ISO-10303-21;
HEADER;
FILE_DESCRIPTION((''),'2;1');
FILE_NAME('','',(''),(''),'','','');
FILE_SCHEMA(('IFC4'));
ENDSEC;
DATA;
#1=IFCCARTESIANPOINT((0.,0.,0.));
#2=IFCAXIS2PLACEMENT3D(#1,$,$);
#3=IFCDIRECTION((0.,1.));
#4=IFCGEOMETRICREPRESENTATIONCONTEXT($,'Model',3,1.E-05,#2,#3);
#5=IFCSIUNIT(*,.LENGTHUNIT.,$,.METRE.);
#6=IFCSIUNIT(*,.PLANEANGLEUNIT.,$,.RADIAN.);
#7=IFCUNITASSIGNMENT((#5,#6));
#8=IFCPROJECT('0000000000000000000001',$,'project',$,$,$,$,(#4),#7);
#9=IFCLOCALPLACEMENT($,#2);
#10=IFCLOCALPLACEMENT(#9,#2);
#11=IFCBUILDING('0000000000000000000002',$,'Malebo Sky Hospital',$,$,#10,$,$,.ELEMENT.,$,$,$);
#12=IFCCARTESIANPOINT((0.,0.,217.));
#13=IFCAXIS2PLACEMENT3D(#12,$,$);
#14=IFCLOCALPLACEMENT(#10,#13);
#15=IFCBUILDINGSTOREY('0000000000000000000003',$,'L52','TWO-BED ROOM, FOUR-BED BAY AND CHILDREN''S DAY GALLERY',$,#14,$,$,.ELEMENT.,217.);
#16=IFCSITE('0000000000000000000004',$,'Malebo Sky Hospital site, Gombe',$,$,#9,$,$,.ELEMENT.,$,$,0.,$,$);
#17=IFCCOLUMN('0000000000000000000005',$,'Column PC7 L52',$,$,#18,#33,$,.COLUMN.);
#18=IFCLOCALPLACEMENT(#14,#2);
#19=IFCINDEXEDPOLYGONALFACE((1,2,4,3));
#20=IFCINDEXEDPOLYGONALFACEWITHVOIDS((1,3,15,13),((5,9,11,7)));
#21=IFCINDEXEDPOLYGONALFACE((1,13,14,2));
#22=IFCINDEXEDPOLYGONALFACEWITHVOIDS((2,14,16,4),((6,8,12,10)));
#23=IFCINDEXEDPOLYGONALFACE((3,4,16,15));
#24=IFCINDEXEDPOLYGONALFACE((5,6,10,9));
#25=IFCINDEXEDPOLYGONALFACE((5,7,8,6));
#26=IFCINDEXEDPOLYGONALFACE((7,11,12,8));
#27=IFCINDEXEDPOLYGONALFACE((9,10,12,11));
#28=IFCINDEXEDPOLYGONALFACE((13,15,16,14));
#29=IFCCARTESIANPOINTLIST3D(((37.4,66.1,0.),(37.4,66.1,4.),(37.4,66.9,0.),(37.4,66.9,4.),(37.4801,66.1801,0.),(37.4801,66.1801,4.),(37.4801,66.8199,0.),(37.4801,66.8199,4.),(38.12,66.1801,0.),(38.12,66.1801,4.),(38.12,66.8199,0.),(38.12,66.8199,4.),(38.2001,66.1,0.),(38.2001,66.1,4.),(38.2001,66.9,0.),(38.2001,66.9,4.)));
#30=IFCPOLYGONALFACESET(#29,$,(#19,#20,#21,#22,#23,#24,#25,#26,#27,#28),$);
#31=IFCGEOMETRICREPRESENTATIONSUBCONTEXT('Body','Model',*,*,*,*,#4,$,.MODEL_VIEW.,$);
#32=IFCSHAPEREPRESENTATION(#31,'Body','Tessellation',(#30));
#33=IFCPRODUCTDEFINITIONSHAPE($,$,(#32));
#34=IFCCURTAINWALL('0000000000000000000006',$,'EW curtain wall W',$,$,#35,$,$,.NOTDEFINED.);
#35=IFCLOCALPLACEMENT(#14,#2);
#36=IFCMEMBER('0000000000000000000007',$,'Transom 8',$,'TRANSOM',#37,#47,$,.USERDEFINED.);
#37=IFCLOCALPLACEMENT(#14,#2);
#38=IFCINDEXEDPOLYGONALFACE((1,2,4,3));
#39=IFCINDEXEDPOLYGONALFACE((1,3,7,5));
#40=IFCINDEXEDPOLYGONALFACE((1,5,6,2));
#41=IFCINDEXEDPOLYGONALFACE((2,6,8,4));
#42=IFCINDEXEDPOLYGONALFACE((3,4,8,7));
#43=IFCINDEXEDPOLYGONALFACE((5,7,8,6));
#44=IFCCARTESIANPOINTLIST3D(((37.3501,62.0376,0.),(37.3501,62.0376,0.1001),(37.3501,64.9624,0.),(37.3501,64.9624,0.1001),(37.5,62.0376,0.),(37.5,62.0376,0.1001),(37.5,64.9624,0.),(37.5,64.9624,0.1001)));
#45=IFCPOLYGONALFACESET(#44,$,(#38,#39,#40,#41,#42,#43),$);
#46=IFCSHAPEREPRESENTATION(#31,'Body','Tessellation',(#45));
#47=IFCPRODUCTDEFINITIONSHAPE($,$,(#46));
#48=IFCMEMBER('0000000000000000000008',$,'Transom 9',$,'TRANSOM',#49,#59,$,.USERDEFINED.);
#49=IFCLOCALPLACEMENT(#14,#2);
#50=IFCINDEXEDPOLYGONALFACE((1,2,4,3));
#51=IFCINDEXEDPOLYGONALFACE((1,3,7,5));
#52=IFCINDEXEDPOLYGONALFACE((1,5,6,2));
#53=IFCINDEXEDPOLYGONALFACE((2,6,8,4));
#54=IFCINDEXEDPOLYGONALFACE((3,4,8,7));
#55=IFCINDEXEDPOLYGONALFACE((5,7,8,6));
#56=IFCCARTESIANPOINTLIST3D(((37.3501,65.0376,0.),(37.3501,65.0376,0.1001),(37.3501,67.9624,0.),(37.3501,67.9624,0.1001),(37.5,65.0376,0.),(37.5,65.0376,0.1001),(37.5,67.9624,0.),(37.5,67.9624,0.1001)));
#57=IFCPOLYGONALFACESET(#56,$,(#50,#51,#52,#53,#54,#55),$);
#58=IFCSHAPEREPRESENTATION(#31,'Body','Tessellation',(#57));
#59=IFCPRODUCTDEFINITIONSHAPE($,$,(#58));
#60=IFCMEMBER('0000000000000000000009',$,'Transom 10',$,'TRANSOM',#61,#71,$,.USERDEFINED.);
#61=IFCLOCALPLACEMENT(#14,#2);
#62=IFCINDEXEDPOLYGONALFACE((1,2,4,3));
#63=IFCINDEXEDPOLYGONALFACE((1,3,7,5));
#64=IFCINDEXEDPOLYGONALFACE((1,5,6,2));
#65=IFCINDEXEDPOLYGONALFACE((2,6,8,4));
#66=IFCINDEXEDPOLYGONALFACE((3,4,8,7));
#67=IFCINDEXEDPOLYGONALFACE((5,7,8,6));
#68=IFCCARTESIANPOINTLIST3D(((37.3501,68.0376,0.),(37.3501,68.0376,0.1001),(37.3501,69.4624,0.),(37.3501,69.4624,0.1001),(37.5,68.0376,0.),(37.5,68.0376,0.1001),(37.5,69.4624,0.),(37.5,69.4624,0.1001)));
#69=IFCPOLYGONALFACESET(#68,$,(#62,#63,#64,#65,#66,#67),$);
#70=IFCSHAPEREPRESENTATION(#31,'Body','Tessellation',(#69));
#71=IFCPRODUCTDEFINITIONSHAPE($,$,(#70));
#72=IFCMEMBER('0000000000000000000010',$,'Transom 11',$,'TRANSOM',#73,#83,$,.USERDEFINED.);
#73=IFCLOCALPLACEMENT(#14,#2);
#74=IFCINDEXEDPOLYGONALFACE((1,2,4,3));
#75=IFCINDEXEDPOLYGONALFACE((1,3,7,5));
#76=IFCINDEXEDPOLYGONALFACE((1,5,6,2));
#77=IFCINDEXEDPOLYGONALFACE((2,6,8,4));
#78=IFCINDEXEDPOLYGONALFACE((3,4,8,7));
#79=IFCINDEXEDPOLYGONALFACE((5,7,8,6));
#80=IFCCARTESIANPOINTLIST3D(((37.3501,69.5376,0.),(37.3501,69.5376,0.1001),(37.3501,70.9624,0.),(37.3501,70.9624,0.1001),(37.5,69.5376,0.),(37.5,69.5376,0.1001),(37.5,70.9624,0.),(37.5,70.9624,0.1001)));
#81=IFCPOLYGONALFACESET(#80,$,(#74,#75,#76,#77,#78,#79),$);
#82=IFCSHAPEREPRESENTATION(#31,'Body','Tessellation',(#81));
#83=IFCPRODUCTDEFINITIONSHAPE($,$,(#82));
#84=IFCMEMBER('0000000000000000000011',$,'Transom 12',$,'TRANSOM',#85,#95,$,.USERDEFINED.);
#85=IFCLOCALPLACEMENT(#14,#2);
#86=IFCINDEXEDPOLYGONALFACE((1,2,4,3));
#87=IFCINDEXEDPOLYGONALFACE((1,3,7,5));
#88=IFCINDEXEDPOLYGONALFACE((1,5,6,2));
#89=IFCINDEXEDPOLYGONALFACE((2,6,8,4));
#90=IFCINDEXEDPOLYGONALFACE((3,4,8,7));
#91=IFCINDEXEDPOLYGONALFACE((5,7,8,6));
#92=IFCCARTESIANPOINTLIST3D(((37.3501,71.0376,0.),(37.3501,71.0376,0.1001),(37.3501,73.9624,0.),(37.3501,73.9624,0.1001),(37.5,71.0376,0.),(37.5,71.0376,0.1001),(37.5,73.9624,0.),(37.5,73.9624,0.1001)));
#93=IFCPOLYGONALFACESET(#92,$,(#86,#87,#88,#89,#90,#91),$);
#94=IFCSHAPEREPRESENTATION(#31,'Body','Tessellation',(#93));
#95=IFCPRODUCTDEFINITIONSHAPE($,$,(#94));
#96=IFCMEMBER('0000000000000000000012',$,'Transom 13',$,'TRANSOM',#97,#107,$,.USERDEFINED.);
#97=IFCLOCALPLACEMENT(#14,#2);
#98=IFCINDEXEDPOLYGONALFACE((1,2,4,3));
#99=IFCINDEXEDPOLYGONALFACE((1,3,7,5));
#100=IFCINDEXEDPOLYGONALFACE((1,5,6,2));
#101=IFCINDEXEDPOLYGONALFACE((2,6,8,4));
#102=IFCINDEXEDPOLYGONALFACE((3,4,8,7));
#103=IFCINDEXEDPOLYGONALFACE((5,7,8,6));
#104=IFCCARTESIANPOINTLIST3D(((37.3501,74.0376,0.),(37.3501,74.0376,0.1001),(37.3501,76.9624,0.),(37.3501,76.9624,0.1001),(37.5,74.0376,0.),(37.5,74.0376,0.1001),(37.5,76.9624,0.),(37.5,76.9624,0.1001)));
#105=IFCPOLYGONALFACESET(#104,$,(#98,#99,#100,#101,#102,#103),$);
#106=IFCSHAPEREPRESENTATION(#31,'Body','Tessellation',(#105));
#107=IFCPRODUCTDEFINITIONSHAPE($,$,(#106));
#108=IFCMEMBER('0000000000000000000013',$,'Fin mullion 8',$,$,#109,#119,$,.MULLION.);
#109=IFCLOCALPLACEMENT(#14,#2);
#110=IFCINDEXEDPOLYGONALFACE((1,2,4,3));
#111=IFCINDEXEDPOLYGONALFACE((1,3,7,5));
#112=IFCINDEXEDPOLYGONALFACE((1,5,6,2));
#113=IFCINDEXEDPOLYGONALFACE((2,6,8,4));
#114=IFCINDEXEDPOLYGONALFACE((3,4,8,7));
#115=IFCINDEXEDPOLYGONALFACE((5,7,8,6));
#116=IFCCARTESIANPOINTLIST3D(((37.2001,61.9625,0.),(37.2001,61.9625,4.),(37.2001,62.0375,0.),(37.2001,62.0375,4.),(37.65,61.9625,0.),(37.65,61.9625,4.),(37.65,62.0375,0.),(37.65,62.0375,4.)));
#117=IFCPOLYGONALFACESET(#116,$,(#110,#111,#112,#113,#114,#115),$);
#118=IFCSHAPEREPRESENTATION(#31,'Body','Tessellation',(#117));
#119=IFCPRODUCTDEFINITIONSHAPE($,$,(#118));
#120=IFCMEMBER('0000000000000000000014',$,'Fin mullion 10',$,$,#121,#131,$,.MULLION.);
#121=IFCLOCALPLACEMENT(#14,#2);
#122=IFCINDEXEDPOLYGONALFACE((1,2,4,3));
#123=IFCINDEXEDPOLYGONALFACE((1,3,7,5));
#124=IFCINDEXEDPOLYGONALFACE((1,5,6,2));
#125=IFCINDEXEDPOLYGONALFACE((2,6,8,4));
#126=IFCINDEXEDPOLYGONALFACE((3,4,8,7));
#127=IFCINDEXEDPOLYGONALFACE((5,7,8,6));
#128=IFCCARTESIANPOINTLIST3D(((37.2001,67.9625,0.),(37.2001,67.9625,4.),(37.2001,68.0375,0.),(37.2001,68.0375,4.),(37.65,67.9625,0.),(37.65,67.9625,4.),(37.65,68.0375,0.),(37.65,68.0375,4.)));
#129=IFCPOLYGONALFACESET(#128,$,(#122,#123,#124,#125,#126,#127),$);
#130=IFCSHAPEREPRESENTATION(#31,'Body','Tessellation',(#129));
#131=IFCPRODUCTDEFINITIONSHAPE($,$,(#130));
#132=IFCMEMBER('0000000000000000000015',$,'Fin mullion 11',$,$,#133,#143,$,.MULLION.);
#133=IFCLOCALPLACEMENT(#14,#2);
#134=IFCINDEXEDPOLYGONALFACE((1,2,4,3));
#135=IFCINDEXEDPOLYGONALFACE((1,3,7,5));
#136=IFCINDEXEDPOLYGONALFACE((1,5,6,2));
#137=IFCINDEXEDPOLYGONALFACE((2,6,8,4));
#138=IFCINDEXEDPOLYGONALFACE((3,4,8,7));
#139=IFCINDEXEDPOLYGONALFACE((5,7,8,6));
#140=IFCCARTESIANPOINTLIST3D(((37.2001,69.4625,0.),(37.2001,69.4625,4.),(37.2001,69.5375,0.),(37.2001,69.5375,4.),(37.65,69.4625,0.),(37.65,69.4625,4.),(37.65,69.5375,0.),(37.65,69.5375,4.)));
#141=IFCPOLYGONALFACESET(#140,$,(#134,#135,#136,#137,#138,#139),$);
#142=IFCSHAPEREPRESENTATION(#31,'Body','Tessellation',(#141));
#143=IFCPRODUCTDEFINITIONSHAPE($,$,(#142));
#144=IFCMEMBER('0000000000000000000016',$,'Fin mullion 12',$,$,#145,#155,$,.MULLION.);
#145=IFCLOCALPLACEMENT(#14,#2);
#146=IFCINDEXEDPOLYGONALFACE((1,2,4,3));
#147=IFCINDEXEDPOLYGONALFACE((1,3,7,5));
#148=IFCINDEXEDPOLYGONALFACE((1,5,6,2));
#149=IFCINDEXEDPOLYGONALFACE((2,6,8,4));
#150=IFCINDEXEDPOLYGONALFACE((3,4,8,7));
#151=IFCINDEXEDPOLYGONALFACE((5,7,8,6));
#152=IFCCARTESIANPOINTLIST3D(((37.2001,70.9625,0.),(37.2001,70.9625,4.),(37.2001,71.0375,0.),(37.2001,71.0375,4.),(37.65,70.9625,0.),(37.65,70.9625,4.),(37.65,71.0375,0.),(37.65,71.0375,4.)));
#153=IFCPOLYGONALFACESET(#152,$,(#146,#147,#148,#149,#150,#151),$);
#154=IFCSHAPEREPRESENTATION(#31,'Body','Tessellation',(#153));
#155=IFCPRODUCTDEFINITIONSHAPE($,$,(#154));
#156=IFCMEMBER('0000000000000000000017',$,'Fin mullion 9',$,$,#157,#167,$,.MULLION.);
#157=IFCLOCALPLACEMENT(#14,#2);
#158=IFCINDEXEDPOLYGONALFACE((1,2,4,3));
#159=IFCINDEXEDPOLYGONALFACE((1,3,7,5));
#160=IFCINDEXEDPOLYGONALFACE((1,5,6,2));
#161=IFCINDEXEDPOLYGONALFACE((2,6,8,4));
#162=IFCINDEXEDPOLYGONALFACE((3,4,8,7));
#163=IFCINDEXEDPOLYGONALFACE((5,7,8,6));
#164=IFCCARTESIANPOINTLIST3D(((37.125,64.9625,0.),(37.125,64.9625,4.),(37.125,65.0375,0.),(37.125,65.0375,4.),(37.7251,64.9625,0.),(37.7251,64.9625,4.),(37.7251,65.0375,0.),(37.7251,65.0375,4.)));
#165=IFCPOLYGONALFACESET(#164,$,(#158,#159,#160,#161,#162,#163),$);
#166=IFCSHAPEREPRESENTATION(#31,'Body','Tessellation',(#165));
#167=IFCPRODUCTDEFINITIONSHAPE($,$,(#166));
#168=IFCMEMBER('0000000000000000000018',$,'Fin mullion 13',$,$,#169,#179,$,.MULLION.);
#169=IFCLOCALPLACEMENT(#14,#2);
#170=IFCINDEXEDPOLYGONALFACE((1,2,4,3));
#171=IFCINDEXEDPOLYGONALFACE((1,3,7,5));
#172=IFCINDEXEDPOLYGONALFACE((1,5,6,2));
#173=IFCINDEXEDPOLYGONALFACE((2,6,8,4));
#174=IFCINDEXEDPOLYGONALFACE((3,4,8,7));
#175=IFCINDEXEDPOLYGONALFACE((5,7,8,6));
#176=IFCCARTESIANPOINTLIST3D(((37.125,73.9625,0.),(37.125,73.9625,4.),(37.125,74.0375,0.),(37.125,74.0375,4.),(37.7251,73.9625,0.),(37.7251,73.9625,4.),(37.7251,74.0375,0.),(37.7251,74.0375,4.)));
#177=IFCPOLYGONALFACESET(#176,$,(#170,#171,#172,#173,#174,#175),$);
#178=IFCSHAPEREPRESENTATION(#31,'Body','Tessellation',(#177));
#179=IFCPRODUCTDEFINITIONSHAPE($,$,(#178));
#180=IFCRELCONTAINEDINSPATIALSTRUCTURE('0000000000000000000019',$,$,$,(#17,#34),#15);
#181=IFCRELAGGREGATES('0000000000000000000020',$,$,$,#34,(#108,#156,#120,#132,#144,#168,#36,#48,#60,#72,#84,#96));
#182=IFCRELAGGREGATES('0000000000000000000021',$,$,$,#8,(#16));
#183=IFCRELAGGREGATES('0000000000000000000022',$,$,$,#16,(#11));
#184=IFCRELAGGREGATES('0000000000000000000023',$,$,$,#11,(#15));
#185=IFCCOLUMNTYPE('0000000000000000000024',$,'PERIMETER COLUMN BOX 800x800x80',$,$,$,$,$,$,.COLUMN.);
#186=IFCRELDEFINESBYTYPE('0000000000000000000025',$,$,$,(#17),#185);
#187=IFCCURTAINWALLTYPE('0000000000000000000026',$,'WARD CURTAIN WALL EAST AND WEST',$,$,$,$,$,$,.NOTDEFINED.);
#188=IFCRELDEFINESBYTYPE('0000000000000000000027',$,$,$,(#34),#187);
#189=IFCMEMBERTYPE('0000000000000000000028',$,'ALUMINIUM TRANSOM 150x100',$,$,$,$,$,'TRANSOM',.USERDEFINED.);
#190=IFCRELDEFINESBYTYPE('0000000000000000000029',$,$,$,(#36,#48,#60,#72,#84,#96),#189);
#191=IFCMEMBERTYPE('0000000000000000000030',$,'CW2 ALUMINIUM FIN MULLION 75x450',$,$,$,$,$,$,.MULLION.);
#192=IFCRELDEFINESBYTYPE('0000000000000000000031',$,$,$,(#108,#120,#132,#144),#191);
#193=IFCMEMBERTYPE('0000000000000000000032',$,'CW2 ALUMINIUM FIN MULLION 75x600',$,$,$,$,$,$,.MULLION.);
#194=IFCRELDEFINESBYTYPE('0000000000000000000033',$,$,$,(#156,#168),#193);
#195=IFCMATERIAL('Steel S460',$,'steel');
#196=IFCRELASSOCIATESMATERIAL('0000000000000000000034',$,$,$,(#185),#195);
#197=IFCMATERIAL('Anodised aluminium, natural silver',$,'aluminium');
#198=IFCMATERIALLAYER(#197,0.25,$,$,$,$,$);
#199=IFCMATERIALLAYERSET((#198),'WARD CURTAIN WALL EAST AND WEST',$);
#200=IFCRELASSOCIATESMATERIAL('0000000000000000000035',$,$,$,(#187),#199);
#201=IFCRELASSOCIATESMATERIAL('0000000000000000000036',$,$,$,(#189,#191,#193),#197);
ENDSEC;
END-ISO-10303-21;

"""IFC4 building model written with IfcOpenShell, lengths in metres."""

from ifc_helpers import new_model, si_unit, direction, frame, origin, origin_2d, place, context, subcontext, project, spatial, rectangle, hollow_rectangle, extrude, material, layer, layer_set, material_profile, profile_set, type_object, element, aggregate, save


model = new_model("IFC4")

# Units and contexts
model_context = context("Model", 3, precision=1e-05, world=origin(), true_north=direction((0.0, 1.0)))
body_context = subcontext(model_context, "Body", "Model", "MODEL_VIEW")
ifc_project = project(units=[si_unit("LENGTHUNIT", "METRE"), si_unit("PLANEANGLEUNIT", "RADIAN")], contexts=[model_context])

# Site, building, storey
site_placement = place(None, origin())
site = spatial("IfcSite", under=ifc_project, at=site_placement, Name="Malebo Sky Hospital site, Gombe", CompositionType="ELEMENT", RefElevation=0.0)
building_placement = place(site_placement, origin())
building = spatial("IfcBuilding", under=site, at=building_placement, Name="Malebo Sky Hospital", CompositionType="ELEMENT")
storey_placement = place(building_placement, frame((0.0, 0.0, 217.0)))
storey = spatial("IfcBuildingStorey", under=building, at=storey_placement, Name="L52", Description="TWO-BED ROOM, FOUR-BED BAY AND CHILDREN'S DAY GALLERY", CompositionType="ELEMENT", Elevation=217.0)

# Column
ifc_material_1 = material(Name="Steel S460", Category="steel")
ifc_material_profile_1 = material_profile(ifc_material_1, hollow_rectangle(XDim=0.8, YDim=0.8, WallThickness=0.0801, at=origin_2d()), Name="BOX 800x800x80")
ifc_profile_set_1 = profile_set([ifc_material_profile_1], Name="Steel S460")
column_type = type_object("IfcColumnType", Name="PERIMETER COLUMN BOX 800x800x80", PredefinedType="COLUMN", material=ifc_profile_set_1)
column_placement = place(storey_placement, frame((37.8, 66.5, 0.0), z_axis=(0.0, 0.0, 1.0), x_axis=(1.0, 0.0, 0.0)))
element("IfcColumn", 1, at=column_placement, inside=storey, type_object=column_type, Name="Column PC7 L52", PredefinedType="COLUMN", context=body_context, shape_type="SweptSolid", body=[
    extrude(hollow_rectangle(XDim=0.8, YDim=0.8, WallThickness=0.0801, at=origin_2d()), origin(), (0.0, 0.0, 1.0), 4.0),
])

# Curtain wall, members
ifc_material_2 = material(Name="Anodised aluminium, natural silver", Category="aluminium")
ifc_layer_1 = layer(ifc_material_2, 0.25)
ifc_layer_set_1 = layer_set([ifc_layer_1], Name="WARD CURTAIN WALL EAST AND WEST")
curtain_wall_type = type_object("IfcCurtainWallType", Name="WARD CURTAIN WALL EAST AND WEST", PredefinedType="NOTDEFINED", material=ifc_layer_set_1)
curtain_wall_placement = place(storey_placement, origin())
curtain_wall = element("IfcCurtainWall", 2, at=curtain_wall_placement, inside=storey, type_object=curtain_wall_type, Name="EW curtain wall W", PredefinedType="NOTDEFINED")
ifc_material_profile_2 = material_profile(ifc_material_2, rectangle(XDim=0.1499, YDim=0.1001, at=origin_2d()), Name="ALUMINIUM TRANSOM 150x100")
ifc_profile_set_2 = profile_set([ifc_material_profile_2], Name="Anodised aluminium, natural silver")
member_type_1 = type_object("IfcMemberType", Name="ALUMINIUM TRANSOM 150x100", ElementType="TRANSOM", PredefinedType="USERDEFINED", material=ifc_profile_set_2)
member_1_placement = place(storey_placement, frame((37.425, 62.0376, 0.05), z_axis=(0.0, 1.0, 0.0), x_axis=(-1.0, 0.0, 0.0)))
member_1 = element("IfcMember", 3, at=member_1_placement, type_object=member_type_1, Name="Transom 8", ObjectType="TRANSOM", PredefinedType="USERDEFINED", context=body_context, shape_type="SweptSolid", body=[
    extrude(rectangle(XDim=0.1499, YDim=0.1001, at=origin_2d()), origin(), (0.0, 0.0, 1.0), 2.9248),
])
member_2_placement = place(storey_placement, frame((37.425, 65.0376, 0.05), z_axis=(0.0, 1.0, 0.0), x_axis=(-1.0, 0.0, 0.0)))
member_2 = element("IfcMember", 4, at=member_2_placement, type_object=member_type_1, Name="Transom 9", ObjectType="TRANSOM", PredefinedType="USERDEFINED", context=body_context, shape_type="SweptSolid", body=[
    extrude(rectangle(XDim=0.1499, YDim=0.1001, at=origin_2d()), origin(), (0.0, 0.0, 1.0), 2.9248),
])
member_3_placement = place(storey_placement, frame((37.425, 68.0376, 0.05), z_axis=(0.0, 1.0, 0.0), x_axis=(-1.0, 0.0, 0.0)))
member_3 = element("IfcMember", 5, at=member_3_placement, type_object=member_type_1, Name="Transom 10", ObjectType="TRANSOM", PredefinedType="USERDEFINED", context=body_context, shape_type="SweptSolid", body=[
    extrude(rectangle(XDim=0.1499, YDim=0.1001, at=origin_2d()), origin(), (0.0, 0.0, 1.0), 1.4248),
])
member_4_placement = place(storey_placement, frame((37.425, 69.5376, 0.05), z_axis=(0.0, 1.0, 0.0), x_axis=(-1.0, 0.0, 0.0)))
member_4 = element("IfcMember", 6, at=member_4_placement, type_object=member_type_1, Name="Transom 11", ObjectType="TRANSOM", PredefinedType="USERDEFINED", context=body_context, shape_type="SweptSolid", body=[
    extrude(rectangle(XDim=0.1499, YDim=0.1001, at=origin_2d()), origin(), (0.0, 0.0, 1.0), 1.4248),
])
member_5_placement = place(storey_placement, frame((37.425, 71.0376, 0.05), z_axis=(0.0, 1.0, 0.0), x_axis=(-1.0, 0.0, 0.0)))
member_5 = element("IfcMember", 7, at=member_5_placement, type_object=member_type_1, Name="Transom 12", ObjectType="TRANSOM", PredefinedType="USERDEFINED", context=body_context, shape_type="SweptSolid", body=[
    extrude(rectangle(XDim=0.1499, YDim=0.1001, at=origin_2d()), origin(), (0.0, 0.0, 1.0), 2.9248),
])
member_6_placement = place(storey_placement, frame((37.425, 74.0376, 0.05), z_axis=(0.0, 1.0, 0.0), x_axis=(-1.0, 0.0, 0.0)))
member_6 = element("IfcMember", 8, at=member_6_placement, type_object=member_type_1, Name="Transom 13", ObjectType="TRANSOM", PredefinedType="USERDEFINED", context=body_context, shape_type="SweptSolid", body=[
    extrude(rectangle(XDim=0.1499, YDim=0.1001, at=origin_2d()), origin(), (0.0, 0.0, 1.0), 2.9248),
])
ifc_material_profile_3 = material_profile(ifc_material_2, rectangle(XDim=0.075, YDim=0.45, at=origin_2d()), Name="CW2 ALUMINIUM FIN MULLION 75x450")
ifc_profile_set_3 = profile_set([ifc_material_profile_3], Name="Anodised aluminium, natural silver")
member_type_2 = type_object("IfcMemberType", Name="CW2 ALUMINIUM FIN MULLION 75x450", PredefinedType="MULLION", material=ifc_profile_set_3)
member_7_placement = place(storey_placement, frame((37.425, 62.0, 0.0), z_axis=(0.0, 0.0, 1.0), x_axis=(0.0, 1.0, 0.0)))
member_7 = element("IfcMember", 9, at=member_7_placement, type_object=member_type_2, Name="Fin mullion 8", PredefinedType="MULLION", context=body_context, shape_type="SweptSolid", body=[
    extrude(rectangle(XDim=0.075, YDim=0.45, at=origin_2d()), origin(), (0.0, 0.0, 1.0), 4.0),
])
member_8_placement = place(storey_placement, frame((37.425, 68.0, 0.0), z_axis=(0.0, 0.0, 1.0), x_axis=(0.0, 1.0, 0.0)))
member_8 = element("IfcMember", 10, at=member_8_placement, type_object=member_type_2, Name="Fin mullion 10", PredefinedType="MULLION", context=body_context, shape_type="SweptSolid", body=[
    extrude(rectangle(XDim=0.075, YDim=0.45, at=origin_2d()), origin(), (0.0, 0.0, 1.0), 4.0),
])
member_9_placement = place(storey_placement, frame((37.425, 69.5, 0.0), z_axis=(0.0, 0.0, 1.0), x_axis=(0.0, 1.0, 0.0)))
member_9 = element("IfcMember", 11, at=member_9_placement, type_object=member_type_2, Name="Fin mullion 11", PredefinedType="MULLION", context=body_context, shape_type="SweptSolid", body=[
    extrude(rectangle(XDim=0.075, YDim=0.45, at=origin_2d()), origin(), (0.0, 0.0, 1.0), 4.0),
])
member_10_placement = place(storey_placement, frame((37.425, 71.0, 0.0), z_axis=(0.0, 0.0, 1.0), x_axis=(0.0, 1.0, 0.0)))
member_10 = element("IfcMember", 12, at=member_10_placement, type_object=member_type_2, Name="Fin mullion 12", PredefinedType="MULLION", context=body_context, shape_type="SweptSolid", body=[
    extrude(rectangle(XDim=0.075, YDim=0.45, at=origin_2d()), origin(), (0.0, 0.0, 1.0), 4.0),
])
ifc_material_profile_4 = material_profile(ifc_material_2, rectangle(XDim=0.075, YDim=0.6001, at=origin_2d()), Name="CW2 ALUMINIUM FIN MULLION 75x600")
ifc_profile_set_4 = profile_set([ifc_material_profile_4], Name="Anodised aluminium, natural silver")
member_type_3 = type_object("IfcMemberType", Name="CW2 ALUMINIUM FIN MULLION 75x600", PredefinedType="MULLION", material=ifc_profile_set_4)
member_11_placement = place(storey_placement, frame((37.425, 65.0, 0.0), z_axis=(0.0, 0.0, 1.0), x_axis=(0.0, 1.0, 0.0)))
member_11 = element("IfcMember", 13, at=member_11_placement, type_object=member_type_3, Name="Fin mullion 9", PredefinedType="MULLION", context=body_context, shape_type="SweptSolid", body=[
    extrude(rectangle(XDim=0.075, YDim=0.6001, at=origin_2d()), origin(), (0.0, 0.0, 1.0), 4.0),
])
member_12_placement = place(storey_placement, frame((37.425, 74.0, 0.0), z_axis=(0.0, 0.0, 1.0), x_axis=(0.0, 1.0, 0.0)))
member_12 = element("IfcMember", 14, at=member_12_placement, type_object=member_type_3, Name="Fin mullion 13", PredefinedType="MULLION", context=body_context, shape_type="SweptSolid", body=[
    extrude(rectangle(XDim=0.075, YDim=0.6001, at=origin_2d()), origin(), (0.0, 0.0, 1.0), 4.0),
])

aggregate(curtain_wall, [member_7, member_11, member_8, member_9, member_10, member_12, member_1, member_2, member_3, member_4, member_5, member_6])

save(model, "model.ifc")
